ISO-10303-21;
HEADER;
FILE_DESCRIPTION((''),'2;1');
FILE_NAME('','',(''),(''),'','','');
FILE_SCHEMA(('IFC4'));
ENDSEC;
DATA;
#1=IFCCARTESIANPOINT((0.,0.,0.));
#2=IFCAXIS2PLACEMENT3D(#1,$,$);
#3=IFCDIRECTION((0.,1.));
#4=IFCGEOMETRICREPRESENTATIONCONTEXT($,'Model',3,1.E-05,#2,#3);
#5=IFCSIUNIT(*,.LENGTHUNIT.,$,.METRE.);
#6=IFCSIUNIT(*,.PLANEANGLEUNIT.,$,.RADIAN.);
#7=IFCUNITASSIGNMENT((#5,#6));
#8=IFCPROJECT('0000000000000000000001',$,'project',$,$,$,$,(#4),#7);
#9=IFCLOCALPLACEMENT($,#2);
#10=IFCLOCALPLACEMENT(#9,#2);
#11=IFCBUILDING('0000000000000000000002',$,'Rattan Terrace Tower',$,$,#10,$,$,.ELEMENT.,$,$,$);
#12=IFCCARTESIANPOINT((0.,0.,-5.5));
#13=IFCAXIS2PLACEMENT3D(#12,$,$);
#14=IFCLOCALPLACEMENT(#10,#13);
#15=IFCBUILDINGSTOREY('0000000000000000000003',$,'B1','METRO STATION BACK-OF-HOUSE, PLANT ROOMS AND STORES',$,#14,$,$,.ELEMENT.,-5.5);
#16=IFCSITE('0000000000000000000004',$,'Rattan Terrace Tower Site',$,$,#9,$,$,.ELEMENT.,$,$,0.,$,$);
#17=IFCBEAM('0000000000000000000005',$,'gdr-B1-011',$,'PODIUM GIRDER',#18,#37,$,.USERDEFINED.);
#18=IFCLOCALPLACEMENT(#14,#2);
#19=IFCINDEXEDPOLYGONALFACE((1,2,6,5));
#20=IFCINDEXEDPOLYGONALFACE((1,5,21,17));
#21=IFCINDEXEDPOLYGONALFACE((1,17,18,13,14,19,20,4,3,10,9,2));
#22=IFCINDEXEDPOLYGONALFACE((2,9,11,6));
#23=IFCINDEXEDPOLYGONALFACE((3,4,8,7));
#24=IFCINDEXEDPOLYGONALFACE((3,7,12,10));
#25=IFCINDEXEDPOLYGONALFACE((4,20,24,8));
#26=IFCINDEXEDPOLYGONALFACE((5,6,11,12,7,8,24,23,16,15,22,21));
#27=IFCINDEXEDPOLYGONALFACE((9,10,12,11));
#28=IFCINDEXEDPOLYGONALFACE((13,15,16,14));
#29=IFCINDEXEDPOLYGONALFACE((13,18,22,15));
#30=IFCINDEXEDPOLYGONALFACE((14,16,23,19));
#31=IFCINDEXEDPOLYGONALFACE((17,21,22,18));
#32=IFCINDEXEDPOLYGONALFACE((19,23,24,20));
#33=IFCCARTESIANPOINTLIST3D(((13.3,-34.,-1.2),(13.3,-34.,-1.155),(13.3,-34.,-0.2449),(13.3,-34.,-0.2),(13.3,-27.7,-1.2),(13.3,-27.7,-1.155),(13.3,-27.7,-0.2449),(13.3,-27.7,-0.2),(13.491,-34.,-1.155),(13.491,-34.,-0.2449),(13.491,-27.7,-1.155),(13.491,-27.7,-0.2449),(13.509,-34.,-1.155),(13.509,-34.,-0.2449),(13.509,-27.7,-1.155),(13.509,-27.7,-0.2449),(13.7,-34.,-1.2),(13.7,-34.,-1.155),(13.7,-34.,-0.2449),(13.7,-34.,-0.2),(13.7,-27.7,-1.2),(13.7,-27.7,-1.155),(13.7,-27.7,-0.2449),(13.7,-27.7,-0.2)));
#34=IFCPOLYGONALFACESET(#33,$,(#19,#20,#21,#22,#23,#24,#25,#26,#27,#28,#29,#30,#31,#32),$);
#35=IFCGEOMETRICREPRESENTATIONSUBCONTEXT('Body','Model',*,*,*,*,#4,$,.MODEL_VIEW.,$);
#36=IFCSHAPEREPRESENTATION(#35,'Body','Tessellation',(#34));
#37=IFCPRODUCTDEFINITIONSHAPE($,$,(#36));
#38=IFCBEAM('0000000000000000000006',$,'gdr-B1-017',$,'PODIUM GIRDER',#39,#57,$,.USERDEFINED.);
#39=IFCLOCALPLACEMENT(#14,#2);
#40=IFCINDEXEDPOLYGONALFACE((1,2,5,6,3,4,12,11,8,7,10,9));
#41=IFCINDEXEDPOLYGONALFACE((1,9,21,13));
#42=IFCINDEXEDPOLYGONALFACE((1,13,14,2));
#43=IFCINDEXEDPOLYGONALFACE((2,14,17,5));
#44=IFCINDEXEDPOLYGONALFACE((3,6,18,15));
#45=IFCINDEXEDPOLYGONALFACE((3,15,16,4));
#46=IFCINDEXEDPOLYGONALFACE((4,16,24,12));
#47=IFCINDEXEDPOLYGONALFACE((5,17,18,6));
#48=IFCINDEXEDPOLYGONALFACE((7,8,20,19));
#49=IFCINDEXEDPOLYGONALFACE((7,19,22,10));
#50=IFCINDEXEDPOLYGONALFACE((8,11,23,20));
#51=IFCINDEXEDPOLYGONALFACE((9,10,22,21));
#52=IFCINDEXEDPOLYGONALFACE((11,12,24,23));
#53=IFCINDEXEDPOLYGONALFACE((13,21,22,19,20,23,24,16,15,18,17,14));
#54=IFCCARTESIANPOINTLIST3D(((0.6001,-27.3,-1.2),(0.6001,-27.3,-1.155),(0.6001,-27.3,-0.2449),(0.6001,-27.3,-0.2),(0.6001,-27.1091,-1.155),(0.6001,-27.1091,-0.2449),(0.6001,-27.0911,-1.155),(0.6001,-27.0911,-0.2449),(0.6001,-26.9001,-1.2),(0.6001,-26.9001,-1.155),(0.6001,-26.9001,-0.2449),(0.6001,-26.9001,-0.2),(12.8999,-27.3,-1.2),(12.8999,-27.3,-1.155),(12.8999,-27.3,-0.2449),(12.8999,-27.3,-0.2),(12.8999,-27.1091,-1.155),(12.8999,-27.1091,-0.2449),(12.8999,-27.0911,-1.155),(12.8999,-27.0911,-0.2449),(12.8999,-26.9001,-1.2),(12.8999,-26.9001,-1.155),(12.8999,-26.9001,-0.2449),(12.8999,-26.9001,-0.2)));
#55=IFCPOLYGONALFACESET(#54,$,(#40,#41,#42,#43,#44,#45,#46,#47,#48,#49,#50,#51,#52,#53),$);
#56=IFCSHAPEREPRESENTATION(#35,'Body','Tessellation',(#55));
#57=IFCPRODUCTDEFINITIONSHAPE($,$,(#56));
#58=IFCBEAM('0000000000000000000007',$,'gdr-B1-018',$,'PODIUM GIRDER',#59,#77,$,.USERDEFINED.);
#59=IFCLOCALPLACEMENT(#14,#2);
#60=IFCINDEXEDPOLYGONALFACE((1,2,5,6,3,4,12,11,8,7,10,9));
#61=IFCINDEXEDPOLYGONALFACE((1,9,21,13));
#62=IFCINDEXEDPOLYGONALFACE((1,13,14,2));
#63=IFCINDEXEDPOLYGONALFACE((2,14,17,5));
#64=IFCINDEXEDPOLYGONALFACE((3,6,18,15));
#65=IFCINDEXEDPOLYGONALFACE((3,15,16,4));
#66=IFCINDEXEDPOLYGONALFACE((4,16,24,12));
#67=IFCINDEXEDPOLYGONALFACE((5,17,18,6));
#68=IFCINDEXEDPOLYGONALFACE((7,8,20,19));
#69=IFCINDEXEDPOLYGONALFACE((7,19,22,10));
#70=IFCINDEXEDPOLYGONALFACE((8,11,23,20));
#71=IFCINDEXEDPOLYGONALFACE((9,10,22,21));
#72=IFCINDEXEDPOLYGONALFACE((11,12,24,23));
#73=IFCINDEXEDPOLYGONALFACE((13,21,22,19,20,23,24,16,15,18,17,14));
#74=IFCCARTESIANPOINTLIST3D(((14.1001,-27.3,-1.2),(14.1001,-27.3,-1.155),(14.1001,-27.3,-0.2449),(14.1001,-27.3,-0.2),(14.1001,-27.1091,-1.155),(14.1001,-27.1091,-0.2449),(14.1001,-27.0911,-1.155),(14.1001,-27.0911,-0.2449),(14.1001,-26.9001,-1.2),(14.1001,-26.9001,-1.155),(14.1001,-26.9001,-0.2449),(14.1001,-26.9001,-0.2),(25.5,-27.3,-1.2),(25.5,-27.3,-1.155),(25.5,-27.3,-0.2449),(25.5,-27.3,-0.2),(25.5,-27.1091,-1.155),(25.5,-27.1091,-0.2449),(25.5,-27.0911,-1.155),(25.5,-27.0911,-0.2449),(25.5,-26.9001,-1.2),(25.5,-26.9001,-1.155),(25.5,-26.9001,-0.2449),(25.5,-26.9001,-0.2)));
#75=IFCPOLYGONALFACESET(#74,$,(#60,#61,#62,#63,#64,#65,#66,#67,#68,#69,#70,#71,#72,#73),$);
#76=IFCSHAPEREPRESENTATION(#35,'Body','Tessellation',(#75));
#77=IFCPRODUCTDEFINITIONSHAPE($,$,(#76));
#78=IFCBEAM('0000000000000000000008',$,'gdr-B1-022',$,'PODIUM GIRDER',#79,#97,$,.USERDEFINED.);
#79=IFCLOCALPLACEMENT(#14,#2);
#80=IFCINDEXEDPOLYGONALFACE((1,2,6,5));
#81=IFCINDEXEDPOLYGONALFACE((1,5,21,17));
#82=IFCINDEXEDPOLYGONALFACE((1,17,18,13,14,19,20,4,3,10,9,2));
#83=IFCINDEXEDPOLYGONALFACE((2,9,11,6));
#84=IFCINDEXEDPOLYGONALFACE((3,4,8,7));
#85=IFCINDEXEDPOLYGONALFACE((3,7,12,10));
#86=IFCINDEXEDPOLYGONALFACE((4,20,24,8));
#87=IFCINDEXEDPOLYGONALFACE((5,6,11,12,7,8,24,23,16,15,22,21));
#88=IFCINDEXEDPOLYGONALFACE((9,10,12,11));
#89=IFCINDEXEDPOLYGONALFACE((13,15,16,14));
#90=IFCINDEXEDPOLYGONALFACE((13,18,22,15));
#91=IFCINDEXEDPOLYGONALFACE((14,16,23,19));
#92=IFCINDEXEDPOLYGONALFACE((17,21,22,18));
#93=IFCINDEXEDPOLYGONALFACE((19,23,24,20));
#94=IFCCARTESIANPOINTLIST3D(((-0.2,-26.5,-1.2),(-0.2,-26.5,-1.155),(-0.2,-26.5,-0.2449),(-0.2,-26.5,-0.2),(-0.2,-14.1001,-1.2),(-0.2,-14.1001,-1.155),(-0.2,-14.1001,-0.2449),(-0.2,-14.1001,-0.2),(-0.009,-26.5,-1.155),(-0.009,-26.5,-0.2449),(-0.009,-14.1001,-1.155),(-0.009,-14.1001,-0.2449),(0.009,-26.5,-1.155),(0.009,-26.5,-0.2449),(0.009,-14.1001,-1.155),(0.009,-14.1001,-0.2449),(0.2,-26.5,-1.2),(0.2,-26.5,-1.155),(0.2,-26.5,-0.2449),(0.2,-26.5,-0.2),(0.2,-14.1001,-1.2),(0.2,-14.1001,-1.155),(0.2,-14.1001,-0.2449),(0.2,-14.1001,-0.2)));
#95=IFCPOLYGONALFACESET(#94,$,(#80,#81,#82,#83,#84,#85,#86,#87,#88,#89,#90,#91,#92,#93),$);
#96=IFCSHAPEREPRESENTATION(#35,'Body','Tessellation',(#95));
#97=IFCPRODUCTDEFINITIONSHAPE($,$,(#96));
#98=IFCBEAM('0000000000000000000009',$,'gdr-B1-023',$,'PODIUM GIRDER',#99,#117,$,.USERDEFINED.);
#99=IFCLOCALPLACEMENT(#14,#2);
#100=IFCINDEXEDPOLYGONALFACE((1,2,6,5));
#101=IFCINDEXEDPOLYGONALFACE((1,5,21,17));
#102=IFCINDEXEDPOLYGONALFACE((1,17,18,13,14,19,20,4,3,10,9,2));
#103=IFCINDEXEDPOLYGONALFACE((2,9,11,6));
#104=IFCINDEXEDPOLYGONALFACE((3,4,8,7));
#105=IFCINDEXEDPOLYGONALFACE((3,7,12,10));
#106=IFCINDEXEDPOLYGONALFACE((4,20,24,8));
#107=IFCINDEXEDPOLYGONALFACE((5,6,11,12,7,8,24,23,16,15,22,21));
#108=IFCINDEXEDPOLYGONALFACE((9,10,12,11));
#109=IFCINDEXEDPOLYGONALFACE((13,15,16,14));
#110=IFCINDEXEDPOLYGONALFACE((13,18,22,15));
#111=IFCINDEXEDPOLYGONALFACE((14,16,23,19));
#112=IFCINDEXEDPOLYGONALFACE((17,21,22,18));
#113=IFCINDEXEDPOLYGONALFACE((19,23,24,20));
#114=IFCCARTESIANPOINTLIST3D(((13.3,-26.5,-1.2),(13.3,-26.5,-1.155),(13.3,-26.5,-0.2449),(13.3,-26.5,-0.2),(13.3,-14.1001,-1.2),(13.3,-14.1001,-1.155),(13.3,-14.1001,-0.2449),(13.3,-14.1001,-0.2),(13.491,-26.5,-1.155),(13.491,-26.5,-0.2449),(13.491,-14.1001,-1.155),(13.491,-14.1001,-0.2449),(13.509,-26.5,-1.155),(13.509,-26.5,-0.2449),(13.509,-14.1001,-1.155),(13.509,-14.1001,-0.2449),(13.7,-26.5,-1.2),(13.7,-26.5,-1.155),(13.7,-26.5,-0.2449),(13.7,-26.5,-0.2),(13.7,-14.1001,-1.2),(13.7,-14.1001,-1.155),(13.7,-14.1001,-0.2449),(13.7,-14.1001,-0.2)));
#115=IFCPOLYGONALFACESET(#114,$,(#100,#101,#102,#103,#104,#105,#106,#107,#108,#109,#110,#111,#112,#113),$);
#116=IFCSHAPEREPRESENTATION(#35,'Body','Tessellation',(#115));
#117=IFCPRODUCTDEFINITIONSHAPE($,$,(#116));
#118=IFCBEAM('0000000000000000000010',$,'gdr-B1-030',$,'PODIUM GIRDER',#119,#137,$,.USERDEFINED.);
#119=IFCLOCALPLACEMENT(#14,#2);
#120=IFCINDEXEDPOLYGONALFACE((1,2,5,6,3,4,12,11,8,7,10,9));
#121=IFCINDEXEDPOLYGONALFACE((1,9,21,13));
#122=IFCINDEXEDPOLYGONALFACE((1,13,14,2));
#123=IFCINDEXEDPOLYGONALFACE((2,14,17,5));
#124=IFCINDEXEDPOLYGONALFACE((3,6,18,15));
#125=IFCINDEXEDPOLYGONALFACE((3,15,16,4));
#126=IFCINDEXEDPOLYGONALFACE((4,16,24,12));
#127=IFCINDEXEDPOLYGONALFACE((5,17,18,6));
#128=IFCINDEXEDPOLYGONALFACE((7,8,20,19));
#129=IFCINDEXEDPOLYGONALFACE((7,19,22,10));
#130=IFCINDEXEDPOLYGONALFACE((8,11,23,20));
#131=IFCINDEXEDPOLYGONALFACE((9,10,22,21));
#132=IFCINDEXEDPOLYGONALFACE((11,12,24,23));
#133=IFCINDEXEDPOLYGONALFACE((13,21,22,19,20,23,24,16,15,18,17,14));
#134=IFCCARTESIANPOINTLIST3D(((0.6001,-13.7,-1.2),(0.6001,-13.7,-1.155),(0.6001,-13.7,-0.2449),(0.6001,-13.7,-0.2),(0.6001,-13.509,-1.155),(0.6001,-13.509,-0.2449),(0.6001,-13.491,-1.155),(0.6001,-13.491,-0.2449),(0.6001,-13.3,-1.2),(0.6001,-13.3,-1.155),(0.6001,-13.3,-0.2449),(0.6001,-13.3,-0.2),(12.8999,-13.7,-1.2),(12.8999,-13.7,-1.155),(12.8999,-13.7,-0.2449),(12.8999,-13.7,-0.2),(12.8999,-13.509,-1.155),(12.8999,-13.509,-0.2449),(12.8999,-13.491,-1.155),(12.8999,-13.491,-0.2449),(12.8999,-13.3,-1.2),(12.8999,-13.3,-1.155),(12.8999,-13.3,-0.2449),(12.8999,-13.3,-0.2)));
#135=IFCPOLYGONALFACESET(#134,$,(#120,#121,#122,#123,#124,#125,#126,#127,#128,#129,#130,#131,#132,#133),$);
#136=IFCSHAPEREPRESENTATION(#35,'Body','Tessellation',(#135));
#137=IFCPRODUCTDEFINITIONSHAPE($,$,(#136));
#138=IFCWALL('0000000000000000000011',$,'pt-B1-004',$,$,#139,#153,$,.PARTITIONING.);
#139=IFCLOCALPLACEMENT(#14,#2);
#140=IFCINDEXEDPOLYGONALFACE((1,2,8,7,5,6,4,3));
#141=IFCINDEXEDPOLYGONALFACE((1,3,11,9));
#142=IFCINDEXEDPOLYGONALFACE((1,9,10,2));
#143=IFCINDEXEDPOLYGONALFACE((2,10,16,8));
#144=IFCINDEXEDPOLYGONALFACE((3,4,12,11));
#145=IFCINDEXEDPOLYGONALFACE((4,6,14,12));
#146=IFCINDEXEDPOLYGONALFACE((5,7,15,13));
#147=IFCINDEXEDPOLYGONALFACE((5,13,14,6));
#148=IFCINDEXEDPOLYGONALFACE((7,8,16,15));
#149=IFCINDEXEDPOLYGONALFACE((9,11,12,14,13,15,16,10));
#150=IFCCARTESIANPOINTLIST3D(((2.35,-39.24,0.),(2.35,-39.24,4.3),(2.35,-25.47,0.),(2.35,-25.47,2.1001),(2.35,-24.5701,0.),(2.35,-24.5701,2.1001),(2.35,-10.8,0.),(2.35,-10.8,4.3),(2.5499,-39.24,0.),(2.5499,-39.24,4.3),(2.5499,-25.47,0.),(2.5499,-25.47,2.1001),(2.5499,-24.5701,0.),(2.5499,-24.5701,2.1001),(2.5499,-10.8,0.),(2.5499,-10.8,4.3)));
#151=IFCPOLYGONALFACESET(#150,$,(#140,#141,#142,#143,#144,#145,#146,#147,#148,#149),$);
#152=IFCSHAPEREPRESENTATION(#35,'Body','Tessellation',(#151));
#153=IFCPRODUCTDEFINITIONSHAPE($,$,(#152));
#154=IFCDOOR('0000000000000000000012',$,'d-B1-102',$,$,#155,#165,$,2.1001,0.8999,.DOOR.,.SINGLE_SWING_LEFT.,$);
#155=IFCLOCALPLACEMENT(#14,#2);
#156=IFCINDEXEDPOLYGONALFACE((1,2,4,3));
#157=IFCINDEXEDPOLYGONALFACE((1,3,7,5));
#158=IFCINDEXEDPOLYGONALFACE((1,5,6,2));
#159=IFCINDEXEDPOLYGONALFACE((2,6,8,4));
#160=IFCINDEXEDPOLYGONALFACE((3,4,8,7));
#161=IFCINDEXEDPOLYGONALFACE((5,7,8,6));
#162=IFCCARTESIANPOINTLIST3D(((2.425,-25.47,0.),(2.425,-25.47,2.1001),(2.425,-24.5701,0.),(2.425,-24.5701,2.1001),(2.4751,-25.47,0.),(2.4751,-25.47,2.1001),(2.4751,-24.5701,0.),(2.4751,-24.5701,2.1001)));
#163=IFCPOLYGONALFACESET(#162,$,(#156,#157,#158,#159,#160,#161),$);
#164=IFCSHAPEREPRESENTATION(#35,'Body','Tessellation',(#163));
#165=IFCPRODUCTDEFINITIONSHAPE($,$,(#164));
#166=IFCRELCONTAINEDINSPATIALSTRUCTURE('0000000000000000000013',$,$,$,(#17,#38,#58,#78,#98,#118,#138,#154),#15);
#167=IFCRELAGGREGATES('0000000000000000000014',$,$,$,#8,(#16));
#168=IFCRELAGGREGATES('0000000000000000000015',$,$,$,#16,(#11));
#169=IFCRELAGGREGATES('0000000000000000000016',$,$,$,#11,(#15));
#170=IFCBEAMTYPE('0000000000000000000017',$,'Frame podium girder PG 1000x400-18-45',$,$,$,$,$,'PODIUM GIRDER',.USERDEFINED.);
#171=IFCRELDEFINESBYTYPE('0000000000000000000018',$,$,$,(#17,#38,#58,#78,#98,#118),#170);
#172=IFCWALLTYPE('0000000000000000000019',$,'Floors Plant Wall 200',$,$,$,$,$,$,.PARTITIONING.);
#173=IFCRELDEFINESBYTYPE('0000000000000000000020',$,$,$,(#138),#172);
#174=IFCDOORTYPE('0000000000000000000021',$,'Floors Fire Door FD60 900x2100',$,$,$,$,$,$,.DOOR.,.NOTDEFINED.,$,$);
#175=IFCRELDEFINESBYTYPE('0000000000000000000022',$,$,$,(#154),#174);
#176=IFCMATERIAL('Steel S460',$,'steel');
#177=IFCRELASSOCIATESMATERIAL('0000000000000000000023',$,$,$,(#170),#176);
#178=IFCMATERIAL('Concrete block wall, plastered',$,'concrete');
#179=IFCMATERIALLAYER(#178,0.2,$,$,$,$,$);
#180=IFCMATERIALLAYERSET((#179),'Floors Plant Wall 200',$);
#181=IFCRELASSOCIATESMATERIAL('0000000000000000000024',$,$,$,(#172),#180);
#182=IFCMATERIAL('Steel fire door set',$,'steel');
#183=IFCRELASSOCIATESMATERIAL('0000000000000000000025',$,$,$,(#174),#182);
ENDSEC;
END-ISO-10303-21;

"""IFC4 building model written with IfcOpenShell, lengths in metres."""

from ifc_helpers import new_model, si_unit, direction, frame, frame_2d, origin, origin_2d, place, context, subcontext, project, spatial, rectangle, i_section, extrude, material, layer, layer_set, material_profile, profile_set, type_object, element, fill, save


model = new_model("IFC4")

# Units and contexts
model_context = context("Model", 3, precision=1e-05, world=origin(), true_north=direction((0.0, 1.0)))
body_context = subcontext(model_context, "Body", "Model", "MODEL_VIEW")
ifc_project = project(units=[si_unit("LENGTHUNIT", "METRE"), si_unit("PLANEANGLEUNIT", "RADIAN")], contexts=[model_context])

# Site, building, storey
site_placement = place(None, origin())
site = spatial("IfcSite", under=ifc_project, at=site_placement, Name="Rattan Terrace Tower Site", CompositionType="ELEMENT", RefElevation=0.0)
building_placement = place(site_placement, origin())
building = spatial("IfcBuilding", under=site, at=building_placement, Name="Rattan Terrace Tower", CompositionType="ELEMENT")
storey_placement = place(building_placement, frame((0.0, 0.0, -5.5)))
storey = spatial("IfcBuildingStorey", under=building, at=storey_placement, Name="B1", Description="METRO STATION BACK-OF-HOUSE, PLANT ROOMS AND STORES", CompositionType="ELEMENT", Elevation=-5.5)

# Beams
ifc_material_1 = material(Name="Steel S460", Category="steel")
ifc_material_profile_1 = material_profile(ifc_material_1, i_section(OverallWidth=0.3999, OverallDepth=1.0, WebThickness=0.0181, FlangeThickness=0.0449, at=origin_2d()), Name="PG 1000x400-18-45")
ifc_profile_set_1 = profile_set([ifc_material_profile_1], Name="Steel S460")
beam_type_1 = type_object("IfcBeamType", Name="Frame podium girder PG 1000x400-18-45", ElementType="PODIUM GIRDER", PredefinedType="USERDEFINED", material=ifc_profile_set_1)
beam_1_placement = place(storey_placement, frame((13.5, -34.0, -0.7), z_axis=(0.0, 1.0, 0.0), x_axis=(-1.0, 0.0, 0.0)))
element("IfcBeam", 1, at=beam_1_placement, inside=storey, type_object=beam_type_1, Name="gdr-B1-011", ObjectType="PODIUM GIRDER", PredefinedType="USERDEFINED", context=body_context, shape_type="SweptSolid", body=[
    extrude(i_section(OverallWidth=0.3999, OverallDepth=1.0, WebThickness=0.0181, FlangeThickness=0.0449, at=origin_2d()), origin(), (0.0, 0.0, 1.0), 6.3),
])
beam_2_placement = place(storey_placement, frame((0.6001, -27.1001, -0.7), z_axis=(1.0, 0.0, 0.0), x_axis=(0.0, 1.0, 0.0)))
element("IfcBeam", 2, at=beam_2_placement, inside=storey, type_object=beam_type_1, Name="gdr-B1-017", ObjectType="PODIUM GIRDER", PredefinedType="USERDEFINED", context=body_context, shape_type="SweptSolid", body=[
    extrude(i_section(OverallWidth=0.3999, OverallDepth=1.0, WebThickness=0.0181, FlangeThickness=0.0449, at=origin_2d()), origin(), (0.0, 0.0, 1.0), 12.2998),
])
beam_3_placement = place(storey_placement, frame((14.1001, -27.1001, -0.7), z_axis=(1.0, 0.0, 0.0), x_axis=(0.0, 1.0, 0.0)))
element("IfcBeam", 3, at=beam_3_placement, inside=storey, type_object=beam_type_1, Name="gdr-B1-018", ObjectType="PODIUM GIRDER", PredefinedType="USERDEFINED", context=body_context, shape_type="SweptSolid", body=[
    extrude(i_section(OverallWidth=0.3999, OverallDepth=1.0, WebThickness=0.0181, FlangeThickness=0.0449, at=origin_2d()), origin(), (0.0, 0.0, 1.0), 11.3999),
])
for number, where, z_axis, x_axis, name in (
    (4, (0.0, -26.5, -0.7), (0.0, 1.0, 0.0), (-1.0, 0.0, 0.0), "gdr-B1-022"),
    (5, (13.5, -26.5, -0.7), (0.0, 1.0, 0.0), (-1.0, 0.0, 0.0), "gdr-B1-023"),
):
    element("IfcBeam", number, at=place(storey_placement, frame(where, z_axis=z_axis, x_axis=x_axis)), inside=storey, type_object=beam_type_1, Name=name, ObjectType="PODIUM GIRDER", PredefinedType="USERDEFINED", context=body_context, shape_type="SweptSolid", body=[
        extrude(i_section(OverallWidth=0.3999, OverallDepth=1.0, WebThickness=0.0181, FlangeThickness=0.0449, at=origin_2d()), origin(), (0.0, 0.0, 1.0), 12.3999),
    ])
beam_4_placement = place(storey_placement, frame((0.6001, -13.5, -0.7), z_axis=(1.0, 0.0, 0.0), x_axis=(0.0, 1.0, 0.0)))
element("IfcBeam", 6, at=beam_4_placement, inside=storey, type_object=beam_type_1, Name="gdr-B1-030", ObjectType="PODIUM GIRDER", PredefinedType="USERDEFINED", context=body_context, shape_type="SweptSolid", body=[
    extrude(i_section(OverallWidth=0.3999, OverallDepth=1.0, WebThickness=0.0181, FlangeThickness=0.0449, at=origin_2d()), origin(), (0.0, 0.0, 1.0), 12.2998),
])

# Wall, opening, door
ifc_material_2 = material(Name="Concrete block wall, plastered", Category="concrete")
ifc_layer = layer(ifc_material_2, 0.2)
ifc_layer_set = layer_set([ifc_layer], Name="Floors Plant Wall 200")
wall_type = type_object("IfcWallType", Name="Floors Plant Wall 200", PredefinedType="PARTITIONING", material=ifc_layer_set)
wall_placement = place(storey_placement, frame((2.45, -39.24, 0.0), z_axis=(0.0, 0.0, 1.0), x_axis=(0.0, 1.0, 0.0)))
wall = element("IfcWall", 7, at=wall_placement, inside=storey, type_object=wall_type, Name="pt-B1-004", PredefinedType="PARTITIONING", context=body_context, shape_type="SweptSolid", body=[
    extrude(rectangle(XDim=28.4399, YDim=0.2, at=frame_2d((14.22, 0.0))), origin(), (0.0, 0.0, 1.0), 4.3),
])
opening_placement = place(wall_placement, frame((13.77, 0.0, 0.0)))
opening = element("IfcOpeningElement", 8, at=opening_placement, cuts=wall, PredefinedType="OPENING", context=body_context, shape_type="SweptSolid", body=[
    extrude(rectangle(XDim=0.8999, YDim=2.1001, at=frame_2d((0.45, 1.05))), frame((0.0, 0.1106, 0.0), z_axis=(0.0, -1.0, 0.0), x_axis=(1.0, 0.0, 0.0)), (0.0, 0.0, 1.0), 0.2209),
])
ifc_material_3 = material(Name="Steel fire door set", Category="steel")
door_type = type_object("IfcDoorType", Name="Floors Fire Door FD60 900x2100", OperationType="NOTDEFINED", PredefinedType="DOOR", material=ifc_material_3)
door_placement = place(opening_placement, origin())
door = element("IfcDoor", 9, at=door_placement, inside=storey, type_object=door_type, Name="d-B1-102", OperationType="SINGLE_SWING_LEFT", OverallHeight=2.1001, OverallWidth=0.8999, PredefinedType="DOOR", context=body_context, shape_type="SweptSolid", body=[
    extrude(rectangle(XDim=0.8999, YDim=2.1001, at=frame_2d((0.45, 1.05))), frame((0.0, 0.0249, 0.0), z_axis=(0.0, -1.0, 0.0), x_axis=(1.0, 0.0, 0.0)), (0.0, 0.0, 1.0), 0.05),
])
fill(opening, door)

save(model, "model.ifc")
